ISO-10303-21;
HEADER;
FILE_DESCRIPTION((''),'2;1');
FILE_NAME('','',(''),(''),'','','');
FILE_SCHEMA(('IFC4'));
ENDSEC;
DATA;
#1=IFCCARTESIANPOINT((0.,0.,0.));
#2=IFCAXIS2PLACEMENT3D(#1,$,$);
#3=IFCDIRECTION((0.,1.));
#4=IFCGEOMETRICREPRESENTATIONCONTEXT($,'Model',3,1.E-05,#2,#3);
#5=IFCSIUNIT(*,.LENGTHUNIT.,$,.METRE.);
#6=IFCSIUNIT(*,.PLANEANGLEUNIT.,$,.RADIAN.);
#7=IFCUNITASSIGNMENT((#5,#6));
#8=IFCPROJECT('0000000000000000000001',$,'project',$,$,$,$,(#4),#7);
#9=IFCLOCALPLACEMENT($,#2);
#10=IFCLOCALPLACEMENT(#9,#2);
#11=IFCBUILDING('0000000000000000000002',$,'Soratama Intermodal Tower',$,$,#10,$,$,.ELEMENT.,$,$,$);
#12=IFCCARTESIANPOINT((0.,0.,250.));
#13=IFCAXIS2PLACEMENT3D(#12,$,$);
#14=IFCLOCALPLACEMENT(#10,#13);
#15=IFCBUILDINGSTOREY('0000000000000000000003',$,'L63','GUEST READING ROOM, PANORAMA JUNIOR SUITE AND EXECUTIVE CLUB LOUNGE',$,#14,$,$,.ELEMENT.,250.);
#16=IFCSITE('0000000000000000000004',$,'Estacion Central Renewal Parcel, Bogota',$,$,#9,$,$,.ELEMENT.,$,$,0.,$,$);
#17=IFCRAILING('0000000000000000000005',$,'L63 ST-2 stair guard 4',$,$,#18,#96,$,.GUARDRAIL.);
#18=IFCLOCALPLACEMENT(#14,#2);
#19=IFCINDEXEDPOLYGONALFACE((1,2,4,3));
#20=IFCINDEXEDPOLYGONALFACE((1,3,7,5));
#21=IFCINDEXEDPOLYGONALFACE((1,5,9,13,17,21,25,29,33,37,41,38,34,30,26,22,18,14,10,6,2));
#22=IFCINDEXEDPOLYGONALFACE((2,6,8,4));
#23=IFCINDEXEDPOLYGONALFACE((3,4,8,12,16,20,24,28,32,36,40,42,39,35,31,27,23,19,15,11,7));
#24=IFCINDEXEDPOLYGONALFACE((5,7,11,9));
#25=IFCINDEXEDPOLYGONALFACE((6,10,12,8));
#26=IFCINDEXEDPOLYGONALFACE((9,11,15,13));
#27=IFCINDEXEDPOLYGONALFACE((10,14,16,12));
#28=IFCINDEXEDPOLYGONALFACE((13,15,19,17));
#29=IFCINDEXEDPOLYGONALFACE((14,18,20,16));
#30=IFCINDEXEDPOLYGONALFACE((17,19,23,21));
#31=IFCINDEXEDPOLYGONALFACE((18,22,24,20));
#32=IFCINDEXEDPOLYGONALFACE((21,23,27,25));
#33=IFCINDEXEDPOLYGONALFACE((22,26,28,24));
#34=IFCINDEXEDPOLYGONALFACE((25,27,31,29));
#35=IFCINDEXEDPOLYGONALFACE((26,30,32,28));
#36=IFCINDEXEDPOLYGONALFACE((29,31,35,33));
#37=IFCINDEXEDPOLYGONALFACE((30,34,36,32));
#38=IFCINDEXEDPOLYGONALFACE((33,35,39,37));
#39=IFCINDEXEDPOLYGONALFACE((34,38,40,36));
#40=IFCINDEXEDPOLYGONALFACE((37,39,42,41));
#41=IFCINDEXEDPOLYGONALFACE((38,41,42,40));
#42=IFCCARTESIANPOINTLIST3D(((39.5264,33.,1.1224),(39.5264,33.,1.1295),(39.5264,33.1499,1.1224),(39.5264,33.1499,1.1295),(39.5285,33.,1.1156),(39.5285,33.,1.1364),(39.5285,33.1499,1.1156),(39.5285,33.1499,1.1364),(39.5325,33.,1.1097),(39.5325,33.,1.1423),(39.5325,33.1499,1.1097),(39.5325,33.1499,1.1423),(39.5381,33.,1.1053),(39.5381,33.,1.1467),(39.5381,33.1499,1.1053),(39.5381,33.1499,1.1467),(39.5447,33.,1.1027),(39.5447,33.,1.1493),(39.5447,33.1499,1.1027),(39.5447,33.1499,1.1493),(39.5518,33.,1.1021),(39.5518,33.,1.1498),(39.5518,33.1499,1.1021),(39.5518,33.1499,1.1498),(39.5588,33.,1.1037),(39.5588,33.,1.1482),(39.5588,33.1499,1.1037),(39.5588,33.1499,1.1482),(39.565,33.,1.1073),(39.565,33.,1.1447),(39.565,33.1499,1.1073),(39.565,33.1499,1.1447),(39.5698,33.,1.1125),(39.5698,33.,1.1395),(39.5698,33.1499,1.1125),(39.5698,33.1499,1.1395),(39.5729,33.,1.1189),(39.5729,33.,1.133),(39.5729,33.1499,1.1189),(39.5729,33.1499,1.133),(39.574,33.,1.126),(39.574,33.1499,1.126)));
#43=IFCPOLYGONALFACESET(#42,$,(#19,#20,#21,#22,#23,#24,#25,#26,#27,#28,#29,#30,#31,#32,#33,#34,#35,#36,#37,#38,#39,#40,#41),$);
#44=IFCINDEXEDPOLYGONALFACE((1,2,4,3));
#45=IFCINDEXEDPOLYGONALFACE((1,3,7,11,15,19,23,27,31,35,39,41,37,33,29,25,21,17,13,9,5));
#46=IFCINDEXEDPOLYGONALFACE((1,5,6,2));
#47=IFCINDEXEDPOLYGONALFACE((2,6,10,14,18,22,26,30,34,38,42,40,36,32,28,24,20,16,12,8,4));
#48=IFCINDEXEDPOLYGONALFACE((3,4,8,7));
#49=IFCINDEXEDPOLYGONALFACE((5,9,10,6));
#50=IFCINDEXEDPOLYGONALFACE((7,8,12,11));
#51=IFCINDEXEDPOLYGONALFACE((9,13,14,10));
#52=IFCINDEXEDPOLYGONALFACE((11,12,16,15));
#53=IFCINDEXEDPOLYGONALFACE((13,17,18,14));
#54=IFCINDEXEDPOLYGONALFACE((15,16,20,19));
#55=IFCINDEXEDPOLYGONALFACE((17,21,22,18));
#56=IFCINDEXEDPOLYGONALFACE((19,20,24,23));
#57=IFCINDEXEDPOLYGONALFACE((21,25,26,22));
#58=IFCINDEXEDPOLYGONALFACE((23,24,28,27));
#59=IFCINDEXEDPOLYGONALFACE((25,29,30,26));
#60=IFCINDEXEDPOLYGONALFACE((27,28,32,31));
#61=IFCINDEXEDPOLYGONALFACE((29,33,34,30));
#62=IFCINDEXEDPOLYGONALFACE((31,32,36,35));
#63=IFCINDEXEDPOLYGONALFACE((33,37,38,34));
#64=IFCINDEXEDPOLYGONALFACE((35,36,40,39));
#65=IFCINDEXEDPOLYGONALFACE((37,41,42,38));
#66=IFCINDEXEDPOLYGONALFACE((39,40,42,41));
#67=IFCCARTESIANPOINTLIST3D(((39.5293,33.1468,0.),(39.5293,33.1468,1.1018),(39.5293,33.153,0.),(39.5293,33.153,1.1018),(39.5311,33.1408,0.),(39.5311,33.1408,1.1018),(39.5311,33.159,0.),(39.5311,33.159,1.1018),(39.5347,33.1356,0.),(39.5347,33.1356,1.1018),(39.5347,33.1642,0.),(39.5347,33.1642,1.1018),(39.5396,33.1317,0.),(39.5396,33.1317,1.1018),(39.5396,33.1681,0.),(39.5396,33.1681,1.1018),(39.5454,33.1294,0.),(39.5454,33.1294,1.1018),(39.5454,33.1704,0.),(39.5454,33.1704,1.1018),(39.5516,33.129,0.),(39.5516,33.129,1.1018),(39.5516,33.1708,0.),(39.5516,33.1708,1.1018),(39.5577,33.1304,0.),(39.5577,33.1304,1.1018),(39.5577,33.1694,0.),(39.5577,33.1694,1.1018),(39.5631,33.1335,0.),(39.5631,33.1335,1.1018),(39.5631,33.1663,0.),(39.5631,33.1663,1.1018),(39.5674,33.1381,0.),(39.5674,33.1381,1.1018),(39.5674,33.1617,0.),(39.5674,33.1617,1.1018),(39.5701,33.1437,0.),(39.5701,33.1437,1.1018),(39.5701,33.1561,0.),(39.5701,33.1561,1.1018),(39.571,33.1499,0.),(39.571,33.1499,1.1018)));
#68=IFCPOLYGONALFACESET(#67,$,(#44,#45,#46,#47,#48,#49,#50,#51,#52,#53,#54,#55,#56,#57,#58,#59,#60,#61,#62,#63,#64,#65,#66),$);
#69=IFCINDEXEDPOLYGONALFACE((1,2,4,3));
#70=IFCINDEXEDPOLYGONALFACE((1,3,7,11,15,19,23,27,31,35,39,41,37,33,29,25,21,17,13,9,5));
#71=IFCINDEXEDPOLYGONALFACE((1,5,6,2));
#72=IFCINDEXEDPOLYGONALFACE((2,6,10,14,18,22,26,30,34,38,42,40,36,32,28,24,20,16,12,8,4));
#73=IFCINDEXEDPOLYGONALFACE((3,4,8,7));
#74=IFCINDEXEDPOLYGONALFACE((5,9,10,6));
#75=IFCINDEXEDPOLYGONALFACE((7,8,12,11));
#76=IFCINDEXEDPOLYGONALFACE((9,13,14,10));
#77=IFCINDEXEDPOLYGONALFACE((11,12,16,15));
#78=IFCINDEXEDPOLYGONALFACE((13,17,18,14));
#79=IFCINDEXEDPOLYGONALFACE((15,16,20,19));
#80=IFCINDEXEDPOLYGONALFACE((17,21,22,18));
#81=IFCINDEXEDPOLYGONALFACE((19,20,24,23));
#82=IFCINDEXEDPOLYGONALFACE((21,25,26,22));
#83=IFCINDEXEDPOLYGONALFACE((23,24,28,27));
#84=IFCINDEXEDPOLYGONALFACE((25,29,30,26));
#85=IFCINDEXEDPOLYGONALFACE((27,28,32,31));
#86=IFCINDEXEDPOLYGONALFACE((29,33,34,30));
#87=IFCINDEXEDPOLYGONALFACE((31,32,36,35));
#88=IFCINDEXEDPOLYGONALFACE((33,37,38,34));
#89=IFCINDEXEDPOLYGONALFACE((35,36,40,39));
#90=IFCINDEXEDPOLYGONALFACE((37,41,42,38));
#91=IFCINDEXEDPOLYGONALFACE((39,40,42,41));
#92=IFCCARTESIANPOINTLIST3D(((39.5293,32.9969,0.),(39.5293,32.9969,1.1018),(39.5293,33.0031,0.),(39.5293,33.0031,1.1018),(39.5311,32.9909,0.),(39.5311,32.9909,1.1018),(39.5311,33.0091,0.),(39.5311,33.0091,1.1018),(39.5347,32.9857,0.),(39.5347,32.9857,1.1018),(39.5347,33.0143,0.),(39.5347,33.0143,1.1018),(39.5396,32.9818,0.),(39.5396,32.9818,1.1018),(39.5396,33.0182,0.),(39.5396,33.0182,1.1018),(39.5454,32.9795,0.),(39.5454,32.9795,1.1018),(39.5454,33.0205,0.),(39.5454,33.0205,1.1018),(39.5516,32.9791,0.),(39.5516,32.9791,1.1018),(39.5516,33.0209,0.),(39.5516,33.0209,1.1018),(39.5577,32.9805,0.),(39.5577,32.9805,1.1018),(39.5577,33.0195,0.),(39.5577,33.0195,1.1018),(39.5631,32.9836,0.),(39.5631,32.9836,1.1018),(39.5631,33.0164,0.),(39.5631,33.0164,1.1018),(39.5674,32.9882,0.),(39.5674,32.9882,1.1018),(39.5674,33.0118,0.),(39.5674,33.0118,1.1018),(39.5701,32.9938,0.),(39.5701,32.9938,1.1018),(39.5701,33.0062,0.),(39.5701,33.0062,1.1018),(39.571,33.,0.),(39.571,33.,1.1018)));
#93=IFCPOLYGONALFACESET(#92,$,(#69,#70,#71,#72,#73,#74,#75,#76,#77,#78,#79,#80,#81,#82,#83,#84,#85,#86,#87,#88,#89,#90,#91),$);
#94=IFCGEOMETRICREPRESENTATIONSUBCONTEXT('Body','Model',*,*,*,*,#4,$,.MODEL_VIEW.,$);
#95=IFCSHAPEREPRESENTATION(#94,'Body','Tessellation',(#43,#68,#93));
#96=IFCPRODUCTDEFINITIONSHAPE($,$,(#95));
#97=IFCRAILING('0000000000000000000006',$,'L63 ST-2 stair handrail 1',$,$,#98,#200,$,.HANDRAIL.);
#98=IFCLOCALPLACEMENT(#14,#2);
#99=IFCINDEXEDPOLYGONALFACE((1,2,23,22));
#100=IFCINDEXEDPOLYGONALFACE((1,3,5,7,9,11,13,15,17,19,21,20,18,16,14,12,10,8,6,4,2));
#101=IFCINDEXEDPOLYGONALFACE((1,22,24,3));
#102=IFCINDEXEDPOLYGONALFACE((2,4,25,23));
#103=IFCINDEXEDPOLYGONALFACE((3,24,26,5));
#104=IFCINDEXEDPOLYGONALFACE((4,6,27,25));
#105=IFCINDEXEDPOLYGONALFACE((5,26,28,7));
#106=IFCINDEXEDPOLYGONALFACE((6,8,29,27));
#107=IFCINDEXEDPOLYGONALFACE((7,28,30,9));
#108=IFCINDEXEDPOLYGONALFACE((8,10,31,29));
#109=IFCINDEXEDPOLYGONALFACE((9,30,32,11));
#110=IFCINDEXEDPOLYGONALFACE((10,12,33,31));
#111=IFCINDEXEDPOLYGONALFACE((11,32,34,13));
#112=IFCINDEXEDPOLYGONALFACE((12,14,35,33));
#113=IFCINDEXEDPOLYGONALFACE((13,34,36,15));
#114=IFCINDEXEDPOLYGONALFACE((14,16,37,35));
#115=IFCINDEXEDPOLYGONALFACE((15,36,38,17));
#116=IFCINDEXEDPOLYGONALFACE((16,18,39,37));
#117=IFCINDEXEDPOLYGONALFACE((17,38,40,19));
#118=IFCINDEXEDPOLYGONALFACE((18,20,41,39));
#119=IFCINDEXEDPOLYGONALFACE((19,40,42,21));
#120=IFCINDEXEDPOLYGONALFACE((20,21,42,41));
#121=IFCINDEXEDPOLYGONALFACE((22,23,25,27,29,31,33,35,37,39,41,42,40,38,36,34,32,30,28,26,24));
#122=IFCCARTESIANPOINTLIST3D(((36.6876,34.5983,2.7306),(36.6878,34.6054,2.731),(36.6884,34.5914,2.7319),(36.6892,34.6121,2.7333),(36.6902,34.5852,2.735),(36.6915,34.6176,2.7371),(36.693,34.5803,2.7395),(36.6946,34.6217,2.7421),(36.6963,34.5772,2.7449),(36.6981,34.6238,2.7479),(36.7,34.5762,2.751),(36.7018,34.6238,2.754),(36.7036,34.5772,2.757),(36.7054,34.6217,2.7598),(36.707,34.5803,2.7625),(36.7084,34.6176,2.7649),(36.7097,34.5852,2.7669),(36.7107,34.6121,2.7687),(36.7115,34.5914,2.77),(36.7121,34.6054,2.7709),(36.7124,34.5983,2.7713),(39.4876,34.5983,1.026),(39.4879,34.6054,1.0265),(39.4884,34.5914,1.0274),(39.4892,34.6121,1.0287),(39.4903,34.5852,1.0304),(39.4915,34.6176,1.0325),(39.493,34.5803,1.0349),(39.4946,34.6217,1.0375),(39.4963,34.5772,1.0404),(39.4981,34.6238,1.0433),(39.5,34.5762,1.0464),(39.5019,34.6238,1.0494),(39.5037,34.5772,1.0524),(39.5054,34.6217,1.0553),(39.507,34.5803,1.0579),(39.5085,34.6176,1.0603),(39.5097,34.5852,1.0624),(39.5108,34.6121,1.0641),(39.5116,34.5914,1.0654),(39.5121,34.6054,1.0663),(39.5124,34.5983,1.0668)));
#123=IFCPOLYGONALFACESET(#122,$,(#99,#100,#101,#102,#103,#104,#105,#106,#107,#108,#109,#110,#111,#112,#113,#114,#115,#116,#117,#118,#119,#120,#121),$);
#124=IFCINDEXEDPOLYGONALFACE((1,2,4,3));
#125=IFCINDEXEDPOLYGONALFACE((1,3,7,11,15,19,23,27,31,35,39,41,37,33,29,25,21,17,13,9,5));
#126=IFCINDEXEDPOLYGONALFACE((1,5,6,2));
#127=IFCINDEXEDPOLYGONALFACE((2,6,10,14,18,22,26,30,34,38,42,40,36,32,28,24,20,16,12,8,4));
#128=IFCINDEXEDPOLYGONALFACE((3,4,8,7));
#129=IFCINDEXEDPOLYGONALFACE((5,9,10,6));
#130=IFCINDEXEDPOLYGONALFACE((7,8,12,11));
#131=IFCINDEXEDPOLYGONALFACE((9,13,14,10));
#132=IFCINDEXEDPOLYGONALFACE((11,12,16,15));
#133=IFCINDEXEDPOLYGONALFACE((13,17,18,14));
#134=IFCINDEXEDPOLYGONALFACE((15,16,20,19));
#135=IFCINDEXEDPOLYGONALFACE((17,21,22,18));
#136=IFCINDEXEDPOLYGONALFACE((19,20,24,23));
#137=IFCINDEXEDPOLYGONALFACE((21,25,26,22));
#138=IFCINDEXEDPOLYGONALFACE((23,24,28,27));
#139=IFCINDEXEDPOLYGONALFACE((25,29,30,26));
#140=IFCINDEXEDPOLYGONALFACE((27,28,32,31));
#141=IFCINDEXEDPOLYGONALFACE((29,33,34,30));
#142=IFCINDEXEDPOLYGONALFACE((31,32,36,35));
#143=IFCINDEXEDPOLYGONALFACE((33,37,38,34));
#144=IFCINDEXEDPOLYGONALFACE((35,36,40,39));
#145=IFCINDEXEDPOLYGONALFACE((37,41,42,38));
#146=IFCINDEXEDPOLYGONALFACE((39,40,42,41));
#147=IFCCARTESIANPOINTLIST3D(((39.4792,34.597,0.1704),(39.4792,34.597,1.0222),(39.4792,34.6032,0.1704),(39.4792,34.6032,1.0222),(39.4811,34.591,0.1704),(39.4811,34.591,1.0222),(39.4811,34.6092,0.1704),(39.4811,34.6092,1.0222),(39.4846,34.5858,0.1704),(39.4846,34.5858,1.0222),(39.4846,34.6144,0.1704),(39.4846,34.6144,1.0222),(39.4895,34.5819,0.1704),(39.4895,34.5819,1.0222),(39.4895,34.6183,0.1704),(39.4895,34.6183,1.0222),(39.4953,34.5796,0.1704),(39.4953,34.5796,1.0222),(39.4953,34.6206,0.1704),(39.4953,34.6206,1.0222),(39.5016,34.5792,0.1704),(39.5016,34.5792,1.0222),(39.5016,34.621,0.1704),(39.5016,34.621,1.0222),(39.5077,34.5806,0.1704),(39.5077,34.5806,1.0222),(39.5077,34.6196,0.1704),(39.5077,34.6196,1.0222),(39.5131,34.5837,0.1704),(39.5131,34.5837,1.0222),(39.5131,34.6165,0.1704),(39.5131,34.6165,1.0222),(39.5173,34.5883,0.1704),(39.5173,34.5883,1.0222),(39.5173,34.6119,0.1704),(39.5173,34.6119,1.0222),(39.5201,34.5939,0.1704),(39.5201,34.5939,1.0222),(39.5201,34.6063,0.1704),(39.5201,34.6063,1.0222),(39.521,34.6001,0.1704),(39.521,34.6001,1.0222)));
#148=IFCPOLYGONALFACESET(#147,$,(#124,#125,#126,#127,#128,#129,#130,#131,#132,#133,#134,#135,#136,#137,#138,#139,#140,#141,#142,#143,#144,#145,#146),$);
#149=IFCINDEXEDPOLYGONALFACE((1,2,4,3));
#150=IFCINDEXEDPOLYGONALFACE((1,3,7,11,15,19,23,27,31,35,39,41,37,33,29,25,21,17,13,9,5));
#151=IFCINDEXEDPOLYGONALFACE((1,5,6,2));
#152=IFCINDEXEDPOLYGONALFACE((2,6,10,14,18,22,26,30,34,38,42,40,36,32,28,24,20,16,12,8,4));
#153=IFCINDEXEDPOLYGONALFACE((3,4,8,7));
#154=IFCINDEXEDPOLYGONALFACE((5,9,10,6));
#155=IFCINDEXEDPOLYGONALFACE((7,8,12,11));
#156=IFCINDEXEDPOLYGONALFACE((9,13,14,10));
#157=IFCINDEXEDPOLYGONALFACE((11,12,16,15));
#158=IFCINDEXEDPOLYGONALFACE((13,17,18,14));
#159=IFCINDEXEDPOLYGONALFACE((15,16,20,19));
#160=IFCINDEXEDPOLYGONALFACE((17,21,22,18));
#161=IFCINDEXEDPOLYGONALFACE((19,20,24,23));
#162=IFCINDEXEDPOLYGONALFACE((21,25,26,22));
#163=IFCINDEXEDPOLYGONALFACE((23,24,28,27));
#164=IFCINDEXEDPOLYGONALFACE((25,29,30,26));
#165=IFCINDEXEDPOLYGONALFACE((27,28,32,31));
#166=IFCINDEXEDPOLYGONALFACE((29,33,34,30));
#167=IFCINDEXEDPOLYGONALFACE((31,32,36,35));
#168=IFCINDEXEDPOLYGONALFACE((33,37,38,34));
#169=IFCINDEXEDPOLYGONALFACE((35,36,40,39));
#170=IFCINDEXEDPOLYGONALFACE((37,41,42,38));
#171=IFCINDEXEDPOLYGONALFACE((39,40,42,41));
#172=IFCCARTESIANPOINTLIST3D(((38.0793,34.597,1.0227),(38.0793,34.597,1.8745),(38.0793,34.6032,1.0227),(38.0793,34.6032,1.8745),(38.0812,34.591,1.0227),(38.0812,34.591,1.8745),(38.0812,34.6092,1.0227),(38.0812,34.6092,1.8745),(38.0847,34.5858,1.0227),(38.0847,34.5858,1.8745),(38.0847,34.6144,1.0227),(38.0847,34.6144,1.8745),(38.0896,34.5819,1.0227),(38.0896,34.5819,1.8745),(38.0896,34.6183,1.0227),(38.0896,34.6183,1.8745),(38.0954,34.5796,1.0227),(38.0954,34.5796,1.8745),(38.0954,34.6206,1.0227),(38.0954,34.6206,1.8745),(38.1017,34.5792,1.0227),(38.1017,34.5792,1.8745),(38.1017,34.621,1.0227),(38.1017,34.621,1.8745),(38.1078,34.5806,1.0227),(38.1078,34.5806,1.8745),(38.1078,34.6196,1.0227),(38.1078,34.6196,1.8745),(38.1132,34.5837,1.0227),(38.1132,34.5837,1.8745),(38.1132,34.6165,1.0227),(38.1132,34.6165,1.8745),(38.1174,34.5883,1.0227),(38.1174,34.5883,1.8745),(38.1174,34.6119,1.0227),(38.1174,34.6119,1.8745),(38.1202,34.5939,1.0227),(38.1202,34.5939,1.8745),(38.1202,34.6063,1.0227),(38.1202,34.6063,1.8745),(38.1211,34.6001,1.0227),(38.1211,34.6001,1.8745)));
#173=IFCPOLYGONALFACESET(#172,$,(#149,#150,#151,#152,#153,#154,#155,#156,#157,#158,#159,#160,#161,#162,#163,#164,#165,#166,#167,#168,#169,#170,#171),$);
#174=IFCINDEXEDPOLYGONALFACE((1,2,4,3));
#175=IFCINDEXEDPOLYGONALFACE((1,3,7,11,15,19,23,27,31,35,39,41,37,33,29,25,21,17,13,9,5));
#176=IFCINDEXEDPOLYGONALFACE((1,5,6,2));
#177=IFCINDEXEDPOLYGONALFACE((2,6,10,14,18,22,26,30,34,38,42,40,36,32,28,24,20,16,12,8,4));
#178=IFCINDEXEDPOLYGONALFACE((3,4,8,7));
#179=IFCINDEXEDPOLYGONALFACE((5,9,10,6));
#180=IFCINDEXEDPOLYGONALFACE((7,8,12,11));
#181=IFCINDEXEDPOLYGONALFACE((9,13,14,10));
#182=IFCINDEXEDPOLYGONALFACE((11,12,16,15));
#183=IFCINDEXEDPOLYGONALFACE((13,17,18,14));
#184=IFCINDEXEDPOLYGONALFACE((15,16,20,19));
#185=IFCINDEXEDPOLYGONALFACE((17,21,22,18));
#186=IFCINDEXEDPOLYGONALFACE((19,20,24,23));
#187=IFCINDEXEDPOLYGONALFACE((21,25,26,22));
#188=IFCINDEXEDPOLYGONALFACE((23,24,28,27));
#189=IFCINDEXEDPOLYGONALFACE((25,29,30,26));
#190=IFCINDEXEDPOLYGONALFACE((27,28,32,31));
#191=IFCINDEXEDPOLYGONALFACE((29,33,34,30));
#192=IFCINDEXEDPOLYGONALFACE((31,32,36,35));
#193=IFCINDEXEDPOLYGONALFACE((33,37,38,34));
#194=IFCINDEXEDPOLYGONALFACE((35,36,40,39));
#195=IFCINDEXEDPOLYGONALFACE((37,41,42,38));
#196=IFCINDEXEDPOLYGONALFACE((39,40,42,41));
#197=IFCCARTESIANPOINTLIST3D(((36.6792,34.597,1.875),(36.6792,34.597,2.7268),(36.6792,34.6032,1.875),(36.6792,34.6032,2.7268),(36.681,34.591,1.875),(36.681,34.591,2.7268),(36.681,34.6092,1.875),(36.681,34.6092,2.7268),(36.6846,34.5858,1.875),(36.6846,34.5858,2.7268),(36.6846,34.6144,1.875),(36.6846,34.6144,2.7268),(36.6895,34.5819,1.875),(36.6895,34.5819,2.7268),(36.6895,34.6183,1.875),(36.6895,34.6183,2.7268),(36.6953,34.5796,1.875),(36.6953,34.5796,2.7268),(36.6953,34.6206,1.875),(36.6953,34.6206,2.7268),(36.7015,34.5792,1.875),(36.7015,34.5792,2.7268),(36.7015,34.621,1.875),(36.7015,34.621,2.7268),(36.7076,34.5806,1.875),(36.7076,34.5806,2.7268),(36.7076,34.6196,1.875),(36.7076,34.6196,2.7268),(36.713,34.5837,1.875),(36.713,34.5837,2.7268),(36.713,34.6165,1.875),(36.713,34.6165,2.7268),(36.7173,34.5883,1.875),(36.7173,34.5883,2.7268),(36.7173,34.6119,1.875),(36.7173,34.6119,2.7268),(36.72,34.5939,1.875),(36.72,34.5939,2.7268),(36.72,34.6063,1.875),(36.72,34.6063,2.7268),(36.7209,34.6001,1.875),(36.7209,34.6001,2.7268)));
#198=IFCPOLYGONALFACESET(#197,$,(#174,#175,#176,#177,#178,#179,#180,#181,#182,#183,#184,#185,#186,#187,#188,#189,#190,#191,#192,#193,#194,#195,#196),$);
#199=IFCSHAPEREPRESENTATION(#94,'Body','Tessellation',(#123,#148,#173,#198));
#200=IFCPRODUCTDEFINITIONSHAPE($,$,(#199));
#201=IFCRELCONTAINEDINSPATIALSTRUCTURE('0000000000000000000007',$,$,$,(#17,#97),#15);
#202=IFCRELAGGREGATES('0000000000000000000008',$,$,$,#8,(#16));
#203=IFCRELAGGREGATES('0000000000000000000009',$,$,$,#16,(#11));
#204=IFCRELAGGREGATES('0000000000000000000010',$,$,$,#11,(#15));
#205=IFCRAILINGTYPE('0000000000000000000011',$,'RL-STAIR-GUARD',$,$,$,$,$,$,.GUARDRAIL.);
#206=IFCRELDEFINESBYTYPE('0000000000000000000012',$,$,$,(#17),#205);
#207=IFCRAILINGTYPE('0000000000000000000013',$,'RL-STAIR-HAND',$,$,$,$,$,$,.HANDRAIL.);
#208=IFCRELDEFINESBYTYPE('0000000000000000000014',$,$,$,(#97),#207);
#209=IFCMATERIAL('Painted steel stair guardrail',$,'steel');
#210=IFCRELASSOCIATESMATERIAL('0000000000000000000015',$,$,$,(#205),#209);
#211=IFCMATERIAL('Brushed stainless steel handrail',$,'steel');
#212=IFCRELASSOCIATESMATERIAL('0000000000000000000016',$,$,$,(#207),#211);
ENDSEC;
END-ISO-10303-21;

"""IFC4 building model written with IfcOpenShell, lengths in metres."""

from ifc_helpers import new_model, si_unit, direction, frame, origin, origin_2d, place, context, subcontext, project, spatial, circle, extrude, material, type_object, element, save


model = new_model("IFC4")

# Units and contexts
model_context = context("Model", 3, precision=1e-05, world=origin(), true_north=direction((0.0, 1.0)))
body_context = subcontext(model_context, "Body", "Model", "MODEL_VIEW")
ifc_project = project(units=[si_unit("LENGTHUNIT", "METRE"), si_unit("PLANEANGLEUNIT", "RADIAN")], contexts=[model_context])

# Site, building, storey
site_placement = place(None, origin())
site = spatial("IfcSite", under=ifc_project, at=site_placement, Name="Estacion Central Renewal Parcel, Bogota", CompositionType="ELEMENT", RefElevation=0.0)
building_placement = place(site_placement, origin())
building = spatial("IfcBuilding", under=site, at=building_placement, Name="Soratama Intermodal Tower", CompositionType="ELEMENT")
storey_placement = place(building_placement, frame((0.0, 0.0, 250.0)))
storey = spatial("IfcBuildingStorey", under=building, at=storey_placement, Name="L63", Description="GUEST READING ROOM, PANORAMA JUNIOR SUITE AND EXECUTIVE CLUB LOUNGE", CompositionType="ELEMENT", Elevation=250.0)

# Railings
ifc_material_1 = material(Name="Painted steel stair guardrail", Category="steel")
railing_type_1 = type_object("IfcRailingType", Name="RL-STAIR-GUARD", PredefinedType="GUARDRAIL", material=ifc_material_1)
for number, where, name in (
    (1, (39.55, 33.1499, 0.0), "L63 ST-2 stair guard 4"),
):
    element("IfcRailing", number, at=place(storey_placement, frame(where)), inside=storey, type_object=railing_type_1, Name=name, PredefinedType="GUARDRAIL", context=body_context, shape_type="SweptSolid", body=[
        extrude(circle(Radius=0.0239, at=origin_2d()), frame((0.0, 0.0, 1.126), z_axis=(0.0, -1.0, 0.0), x_axis=(1.0, 0.0, 0.0)), (0.0, 0.0, 1.0), 0.1499),
        extrude(circle(Radius=0.021, at=origin_2d()), origin(), (0.0, 0.0, 1.0), 1.1018),
        extrude(circle(Radius=0.021, at=origin_2d()), frame((0.0, -0.1499, 0.0)), (0.0, 0.0, 1.0), 1.1018),
    ])
ifc_material_2 = material(Name="Brushed stainless steel handrail", Category="steel")
railing_type_2 = type_object("IfcRailingType", Name="RL-STAIR-HAND", PredefinedType="HANDRAIL", material=ifc_material_2)
railing_1_placement = place(storey_placement, frame((39.5, 34.6001, 0.1704)))
element("IfcRailing", 2, at=railing_1_placement, inside=storey, type_object=railing_type_2, Name="L63 ST-2 stair handrail 1", PredefinedType="HANDRAIL", context=body_context, shape_type="SweptSolid", body=[
    extrude(circle(Radius=0.0239, at=origin_2d()), frame((0.0, 0.0, 0.876), z_axis=(-0.85417, 0.0, 0.519994), x_axis=(0.0, -1.0, 0.0)), (0.0, 0.0, 1.0), 3.2781),
    extrude(circle(Radius=0.021, at=origin_2d()), origin(), (0.0, 0.0, 1.0), 0.8518),
    extrude(circle(Radius=0.021, at=origin_2d()), frame((-1.3999, 0.0, 0.8523)), (0.0, 0.0, 1.0), 0.8518),
    extrude(circle(Radius=0.021, at=origin_2d()), frame((-2.8, 0.0, 1.7046)), (0.0, 0.0, 1.0), 0.8518),
])

save(model, "model.ifc")
